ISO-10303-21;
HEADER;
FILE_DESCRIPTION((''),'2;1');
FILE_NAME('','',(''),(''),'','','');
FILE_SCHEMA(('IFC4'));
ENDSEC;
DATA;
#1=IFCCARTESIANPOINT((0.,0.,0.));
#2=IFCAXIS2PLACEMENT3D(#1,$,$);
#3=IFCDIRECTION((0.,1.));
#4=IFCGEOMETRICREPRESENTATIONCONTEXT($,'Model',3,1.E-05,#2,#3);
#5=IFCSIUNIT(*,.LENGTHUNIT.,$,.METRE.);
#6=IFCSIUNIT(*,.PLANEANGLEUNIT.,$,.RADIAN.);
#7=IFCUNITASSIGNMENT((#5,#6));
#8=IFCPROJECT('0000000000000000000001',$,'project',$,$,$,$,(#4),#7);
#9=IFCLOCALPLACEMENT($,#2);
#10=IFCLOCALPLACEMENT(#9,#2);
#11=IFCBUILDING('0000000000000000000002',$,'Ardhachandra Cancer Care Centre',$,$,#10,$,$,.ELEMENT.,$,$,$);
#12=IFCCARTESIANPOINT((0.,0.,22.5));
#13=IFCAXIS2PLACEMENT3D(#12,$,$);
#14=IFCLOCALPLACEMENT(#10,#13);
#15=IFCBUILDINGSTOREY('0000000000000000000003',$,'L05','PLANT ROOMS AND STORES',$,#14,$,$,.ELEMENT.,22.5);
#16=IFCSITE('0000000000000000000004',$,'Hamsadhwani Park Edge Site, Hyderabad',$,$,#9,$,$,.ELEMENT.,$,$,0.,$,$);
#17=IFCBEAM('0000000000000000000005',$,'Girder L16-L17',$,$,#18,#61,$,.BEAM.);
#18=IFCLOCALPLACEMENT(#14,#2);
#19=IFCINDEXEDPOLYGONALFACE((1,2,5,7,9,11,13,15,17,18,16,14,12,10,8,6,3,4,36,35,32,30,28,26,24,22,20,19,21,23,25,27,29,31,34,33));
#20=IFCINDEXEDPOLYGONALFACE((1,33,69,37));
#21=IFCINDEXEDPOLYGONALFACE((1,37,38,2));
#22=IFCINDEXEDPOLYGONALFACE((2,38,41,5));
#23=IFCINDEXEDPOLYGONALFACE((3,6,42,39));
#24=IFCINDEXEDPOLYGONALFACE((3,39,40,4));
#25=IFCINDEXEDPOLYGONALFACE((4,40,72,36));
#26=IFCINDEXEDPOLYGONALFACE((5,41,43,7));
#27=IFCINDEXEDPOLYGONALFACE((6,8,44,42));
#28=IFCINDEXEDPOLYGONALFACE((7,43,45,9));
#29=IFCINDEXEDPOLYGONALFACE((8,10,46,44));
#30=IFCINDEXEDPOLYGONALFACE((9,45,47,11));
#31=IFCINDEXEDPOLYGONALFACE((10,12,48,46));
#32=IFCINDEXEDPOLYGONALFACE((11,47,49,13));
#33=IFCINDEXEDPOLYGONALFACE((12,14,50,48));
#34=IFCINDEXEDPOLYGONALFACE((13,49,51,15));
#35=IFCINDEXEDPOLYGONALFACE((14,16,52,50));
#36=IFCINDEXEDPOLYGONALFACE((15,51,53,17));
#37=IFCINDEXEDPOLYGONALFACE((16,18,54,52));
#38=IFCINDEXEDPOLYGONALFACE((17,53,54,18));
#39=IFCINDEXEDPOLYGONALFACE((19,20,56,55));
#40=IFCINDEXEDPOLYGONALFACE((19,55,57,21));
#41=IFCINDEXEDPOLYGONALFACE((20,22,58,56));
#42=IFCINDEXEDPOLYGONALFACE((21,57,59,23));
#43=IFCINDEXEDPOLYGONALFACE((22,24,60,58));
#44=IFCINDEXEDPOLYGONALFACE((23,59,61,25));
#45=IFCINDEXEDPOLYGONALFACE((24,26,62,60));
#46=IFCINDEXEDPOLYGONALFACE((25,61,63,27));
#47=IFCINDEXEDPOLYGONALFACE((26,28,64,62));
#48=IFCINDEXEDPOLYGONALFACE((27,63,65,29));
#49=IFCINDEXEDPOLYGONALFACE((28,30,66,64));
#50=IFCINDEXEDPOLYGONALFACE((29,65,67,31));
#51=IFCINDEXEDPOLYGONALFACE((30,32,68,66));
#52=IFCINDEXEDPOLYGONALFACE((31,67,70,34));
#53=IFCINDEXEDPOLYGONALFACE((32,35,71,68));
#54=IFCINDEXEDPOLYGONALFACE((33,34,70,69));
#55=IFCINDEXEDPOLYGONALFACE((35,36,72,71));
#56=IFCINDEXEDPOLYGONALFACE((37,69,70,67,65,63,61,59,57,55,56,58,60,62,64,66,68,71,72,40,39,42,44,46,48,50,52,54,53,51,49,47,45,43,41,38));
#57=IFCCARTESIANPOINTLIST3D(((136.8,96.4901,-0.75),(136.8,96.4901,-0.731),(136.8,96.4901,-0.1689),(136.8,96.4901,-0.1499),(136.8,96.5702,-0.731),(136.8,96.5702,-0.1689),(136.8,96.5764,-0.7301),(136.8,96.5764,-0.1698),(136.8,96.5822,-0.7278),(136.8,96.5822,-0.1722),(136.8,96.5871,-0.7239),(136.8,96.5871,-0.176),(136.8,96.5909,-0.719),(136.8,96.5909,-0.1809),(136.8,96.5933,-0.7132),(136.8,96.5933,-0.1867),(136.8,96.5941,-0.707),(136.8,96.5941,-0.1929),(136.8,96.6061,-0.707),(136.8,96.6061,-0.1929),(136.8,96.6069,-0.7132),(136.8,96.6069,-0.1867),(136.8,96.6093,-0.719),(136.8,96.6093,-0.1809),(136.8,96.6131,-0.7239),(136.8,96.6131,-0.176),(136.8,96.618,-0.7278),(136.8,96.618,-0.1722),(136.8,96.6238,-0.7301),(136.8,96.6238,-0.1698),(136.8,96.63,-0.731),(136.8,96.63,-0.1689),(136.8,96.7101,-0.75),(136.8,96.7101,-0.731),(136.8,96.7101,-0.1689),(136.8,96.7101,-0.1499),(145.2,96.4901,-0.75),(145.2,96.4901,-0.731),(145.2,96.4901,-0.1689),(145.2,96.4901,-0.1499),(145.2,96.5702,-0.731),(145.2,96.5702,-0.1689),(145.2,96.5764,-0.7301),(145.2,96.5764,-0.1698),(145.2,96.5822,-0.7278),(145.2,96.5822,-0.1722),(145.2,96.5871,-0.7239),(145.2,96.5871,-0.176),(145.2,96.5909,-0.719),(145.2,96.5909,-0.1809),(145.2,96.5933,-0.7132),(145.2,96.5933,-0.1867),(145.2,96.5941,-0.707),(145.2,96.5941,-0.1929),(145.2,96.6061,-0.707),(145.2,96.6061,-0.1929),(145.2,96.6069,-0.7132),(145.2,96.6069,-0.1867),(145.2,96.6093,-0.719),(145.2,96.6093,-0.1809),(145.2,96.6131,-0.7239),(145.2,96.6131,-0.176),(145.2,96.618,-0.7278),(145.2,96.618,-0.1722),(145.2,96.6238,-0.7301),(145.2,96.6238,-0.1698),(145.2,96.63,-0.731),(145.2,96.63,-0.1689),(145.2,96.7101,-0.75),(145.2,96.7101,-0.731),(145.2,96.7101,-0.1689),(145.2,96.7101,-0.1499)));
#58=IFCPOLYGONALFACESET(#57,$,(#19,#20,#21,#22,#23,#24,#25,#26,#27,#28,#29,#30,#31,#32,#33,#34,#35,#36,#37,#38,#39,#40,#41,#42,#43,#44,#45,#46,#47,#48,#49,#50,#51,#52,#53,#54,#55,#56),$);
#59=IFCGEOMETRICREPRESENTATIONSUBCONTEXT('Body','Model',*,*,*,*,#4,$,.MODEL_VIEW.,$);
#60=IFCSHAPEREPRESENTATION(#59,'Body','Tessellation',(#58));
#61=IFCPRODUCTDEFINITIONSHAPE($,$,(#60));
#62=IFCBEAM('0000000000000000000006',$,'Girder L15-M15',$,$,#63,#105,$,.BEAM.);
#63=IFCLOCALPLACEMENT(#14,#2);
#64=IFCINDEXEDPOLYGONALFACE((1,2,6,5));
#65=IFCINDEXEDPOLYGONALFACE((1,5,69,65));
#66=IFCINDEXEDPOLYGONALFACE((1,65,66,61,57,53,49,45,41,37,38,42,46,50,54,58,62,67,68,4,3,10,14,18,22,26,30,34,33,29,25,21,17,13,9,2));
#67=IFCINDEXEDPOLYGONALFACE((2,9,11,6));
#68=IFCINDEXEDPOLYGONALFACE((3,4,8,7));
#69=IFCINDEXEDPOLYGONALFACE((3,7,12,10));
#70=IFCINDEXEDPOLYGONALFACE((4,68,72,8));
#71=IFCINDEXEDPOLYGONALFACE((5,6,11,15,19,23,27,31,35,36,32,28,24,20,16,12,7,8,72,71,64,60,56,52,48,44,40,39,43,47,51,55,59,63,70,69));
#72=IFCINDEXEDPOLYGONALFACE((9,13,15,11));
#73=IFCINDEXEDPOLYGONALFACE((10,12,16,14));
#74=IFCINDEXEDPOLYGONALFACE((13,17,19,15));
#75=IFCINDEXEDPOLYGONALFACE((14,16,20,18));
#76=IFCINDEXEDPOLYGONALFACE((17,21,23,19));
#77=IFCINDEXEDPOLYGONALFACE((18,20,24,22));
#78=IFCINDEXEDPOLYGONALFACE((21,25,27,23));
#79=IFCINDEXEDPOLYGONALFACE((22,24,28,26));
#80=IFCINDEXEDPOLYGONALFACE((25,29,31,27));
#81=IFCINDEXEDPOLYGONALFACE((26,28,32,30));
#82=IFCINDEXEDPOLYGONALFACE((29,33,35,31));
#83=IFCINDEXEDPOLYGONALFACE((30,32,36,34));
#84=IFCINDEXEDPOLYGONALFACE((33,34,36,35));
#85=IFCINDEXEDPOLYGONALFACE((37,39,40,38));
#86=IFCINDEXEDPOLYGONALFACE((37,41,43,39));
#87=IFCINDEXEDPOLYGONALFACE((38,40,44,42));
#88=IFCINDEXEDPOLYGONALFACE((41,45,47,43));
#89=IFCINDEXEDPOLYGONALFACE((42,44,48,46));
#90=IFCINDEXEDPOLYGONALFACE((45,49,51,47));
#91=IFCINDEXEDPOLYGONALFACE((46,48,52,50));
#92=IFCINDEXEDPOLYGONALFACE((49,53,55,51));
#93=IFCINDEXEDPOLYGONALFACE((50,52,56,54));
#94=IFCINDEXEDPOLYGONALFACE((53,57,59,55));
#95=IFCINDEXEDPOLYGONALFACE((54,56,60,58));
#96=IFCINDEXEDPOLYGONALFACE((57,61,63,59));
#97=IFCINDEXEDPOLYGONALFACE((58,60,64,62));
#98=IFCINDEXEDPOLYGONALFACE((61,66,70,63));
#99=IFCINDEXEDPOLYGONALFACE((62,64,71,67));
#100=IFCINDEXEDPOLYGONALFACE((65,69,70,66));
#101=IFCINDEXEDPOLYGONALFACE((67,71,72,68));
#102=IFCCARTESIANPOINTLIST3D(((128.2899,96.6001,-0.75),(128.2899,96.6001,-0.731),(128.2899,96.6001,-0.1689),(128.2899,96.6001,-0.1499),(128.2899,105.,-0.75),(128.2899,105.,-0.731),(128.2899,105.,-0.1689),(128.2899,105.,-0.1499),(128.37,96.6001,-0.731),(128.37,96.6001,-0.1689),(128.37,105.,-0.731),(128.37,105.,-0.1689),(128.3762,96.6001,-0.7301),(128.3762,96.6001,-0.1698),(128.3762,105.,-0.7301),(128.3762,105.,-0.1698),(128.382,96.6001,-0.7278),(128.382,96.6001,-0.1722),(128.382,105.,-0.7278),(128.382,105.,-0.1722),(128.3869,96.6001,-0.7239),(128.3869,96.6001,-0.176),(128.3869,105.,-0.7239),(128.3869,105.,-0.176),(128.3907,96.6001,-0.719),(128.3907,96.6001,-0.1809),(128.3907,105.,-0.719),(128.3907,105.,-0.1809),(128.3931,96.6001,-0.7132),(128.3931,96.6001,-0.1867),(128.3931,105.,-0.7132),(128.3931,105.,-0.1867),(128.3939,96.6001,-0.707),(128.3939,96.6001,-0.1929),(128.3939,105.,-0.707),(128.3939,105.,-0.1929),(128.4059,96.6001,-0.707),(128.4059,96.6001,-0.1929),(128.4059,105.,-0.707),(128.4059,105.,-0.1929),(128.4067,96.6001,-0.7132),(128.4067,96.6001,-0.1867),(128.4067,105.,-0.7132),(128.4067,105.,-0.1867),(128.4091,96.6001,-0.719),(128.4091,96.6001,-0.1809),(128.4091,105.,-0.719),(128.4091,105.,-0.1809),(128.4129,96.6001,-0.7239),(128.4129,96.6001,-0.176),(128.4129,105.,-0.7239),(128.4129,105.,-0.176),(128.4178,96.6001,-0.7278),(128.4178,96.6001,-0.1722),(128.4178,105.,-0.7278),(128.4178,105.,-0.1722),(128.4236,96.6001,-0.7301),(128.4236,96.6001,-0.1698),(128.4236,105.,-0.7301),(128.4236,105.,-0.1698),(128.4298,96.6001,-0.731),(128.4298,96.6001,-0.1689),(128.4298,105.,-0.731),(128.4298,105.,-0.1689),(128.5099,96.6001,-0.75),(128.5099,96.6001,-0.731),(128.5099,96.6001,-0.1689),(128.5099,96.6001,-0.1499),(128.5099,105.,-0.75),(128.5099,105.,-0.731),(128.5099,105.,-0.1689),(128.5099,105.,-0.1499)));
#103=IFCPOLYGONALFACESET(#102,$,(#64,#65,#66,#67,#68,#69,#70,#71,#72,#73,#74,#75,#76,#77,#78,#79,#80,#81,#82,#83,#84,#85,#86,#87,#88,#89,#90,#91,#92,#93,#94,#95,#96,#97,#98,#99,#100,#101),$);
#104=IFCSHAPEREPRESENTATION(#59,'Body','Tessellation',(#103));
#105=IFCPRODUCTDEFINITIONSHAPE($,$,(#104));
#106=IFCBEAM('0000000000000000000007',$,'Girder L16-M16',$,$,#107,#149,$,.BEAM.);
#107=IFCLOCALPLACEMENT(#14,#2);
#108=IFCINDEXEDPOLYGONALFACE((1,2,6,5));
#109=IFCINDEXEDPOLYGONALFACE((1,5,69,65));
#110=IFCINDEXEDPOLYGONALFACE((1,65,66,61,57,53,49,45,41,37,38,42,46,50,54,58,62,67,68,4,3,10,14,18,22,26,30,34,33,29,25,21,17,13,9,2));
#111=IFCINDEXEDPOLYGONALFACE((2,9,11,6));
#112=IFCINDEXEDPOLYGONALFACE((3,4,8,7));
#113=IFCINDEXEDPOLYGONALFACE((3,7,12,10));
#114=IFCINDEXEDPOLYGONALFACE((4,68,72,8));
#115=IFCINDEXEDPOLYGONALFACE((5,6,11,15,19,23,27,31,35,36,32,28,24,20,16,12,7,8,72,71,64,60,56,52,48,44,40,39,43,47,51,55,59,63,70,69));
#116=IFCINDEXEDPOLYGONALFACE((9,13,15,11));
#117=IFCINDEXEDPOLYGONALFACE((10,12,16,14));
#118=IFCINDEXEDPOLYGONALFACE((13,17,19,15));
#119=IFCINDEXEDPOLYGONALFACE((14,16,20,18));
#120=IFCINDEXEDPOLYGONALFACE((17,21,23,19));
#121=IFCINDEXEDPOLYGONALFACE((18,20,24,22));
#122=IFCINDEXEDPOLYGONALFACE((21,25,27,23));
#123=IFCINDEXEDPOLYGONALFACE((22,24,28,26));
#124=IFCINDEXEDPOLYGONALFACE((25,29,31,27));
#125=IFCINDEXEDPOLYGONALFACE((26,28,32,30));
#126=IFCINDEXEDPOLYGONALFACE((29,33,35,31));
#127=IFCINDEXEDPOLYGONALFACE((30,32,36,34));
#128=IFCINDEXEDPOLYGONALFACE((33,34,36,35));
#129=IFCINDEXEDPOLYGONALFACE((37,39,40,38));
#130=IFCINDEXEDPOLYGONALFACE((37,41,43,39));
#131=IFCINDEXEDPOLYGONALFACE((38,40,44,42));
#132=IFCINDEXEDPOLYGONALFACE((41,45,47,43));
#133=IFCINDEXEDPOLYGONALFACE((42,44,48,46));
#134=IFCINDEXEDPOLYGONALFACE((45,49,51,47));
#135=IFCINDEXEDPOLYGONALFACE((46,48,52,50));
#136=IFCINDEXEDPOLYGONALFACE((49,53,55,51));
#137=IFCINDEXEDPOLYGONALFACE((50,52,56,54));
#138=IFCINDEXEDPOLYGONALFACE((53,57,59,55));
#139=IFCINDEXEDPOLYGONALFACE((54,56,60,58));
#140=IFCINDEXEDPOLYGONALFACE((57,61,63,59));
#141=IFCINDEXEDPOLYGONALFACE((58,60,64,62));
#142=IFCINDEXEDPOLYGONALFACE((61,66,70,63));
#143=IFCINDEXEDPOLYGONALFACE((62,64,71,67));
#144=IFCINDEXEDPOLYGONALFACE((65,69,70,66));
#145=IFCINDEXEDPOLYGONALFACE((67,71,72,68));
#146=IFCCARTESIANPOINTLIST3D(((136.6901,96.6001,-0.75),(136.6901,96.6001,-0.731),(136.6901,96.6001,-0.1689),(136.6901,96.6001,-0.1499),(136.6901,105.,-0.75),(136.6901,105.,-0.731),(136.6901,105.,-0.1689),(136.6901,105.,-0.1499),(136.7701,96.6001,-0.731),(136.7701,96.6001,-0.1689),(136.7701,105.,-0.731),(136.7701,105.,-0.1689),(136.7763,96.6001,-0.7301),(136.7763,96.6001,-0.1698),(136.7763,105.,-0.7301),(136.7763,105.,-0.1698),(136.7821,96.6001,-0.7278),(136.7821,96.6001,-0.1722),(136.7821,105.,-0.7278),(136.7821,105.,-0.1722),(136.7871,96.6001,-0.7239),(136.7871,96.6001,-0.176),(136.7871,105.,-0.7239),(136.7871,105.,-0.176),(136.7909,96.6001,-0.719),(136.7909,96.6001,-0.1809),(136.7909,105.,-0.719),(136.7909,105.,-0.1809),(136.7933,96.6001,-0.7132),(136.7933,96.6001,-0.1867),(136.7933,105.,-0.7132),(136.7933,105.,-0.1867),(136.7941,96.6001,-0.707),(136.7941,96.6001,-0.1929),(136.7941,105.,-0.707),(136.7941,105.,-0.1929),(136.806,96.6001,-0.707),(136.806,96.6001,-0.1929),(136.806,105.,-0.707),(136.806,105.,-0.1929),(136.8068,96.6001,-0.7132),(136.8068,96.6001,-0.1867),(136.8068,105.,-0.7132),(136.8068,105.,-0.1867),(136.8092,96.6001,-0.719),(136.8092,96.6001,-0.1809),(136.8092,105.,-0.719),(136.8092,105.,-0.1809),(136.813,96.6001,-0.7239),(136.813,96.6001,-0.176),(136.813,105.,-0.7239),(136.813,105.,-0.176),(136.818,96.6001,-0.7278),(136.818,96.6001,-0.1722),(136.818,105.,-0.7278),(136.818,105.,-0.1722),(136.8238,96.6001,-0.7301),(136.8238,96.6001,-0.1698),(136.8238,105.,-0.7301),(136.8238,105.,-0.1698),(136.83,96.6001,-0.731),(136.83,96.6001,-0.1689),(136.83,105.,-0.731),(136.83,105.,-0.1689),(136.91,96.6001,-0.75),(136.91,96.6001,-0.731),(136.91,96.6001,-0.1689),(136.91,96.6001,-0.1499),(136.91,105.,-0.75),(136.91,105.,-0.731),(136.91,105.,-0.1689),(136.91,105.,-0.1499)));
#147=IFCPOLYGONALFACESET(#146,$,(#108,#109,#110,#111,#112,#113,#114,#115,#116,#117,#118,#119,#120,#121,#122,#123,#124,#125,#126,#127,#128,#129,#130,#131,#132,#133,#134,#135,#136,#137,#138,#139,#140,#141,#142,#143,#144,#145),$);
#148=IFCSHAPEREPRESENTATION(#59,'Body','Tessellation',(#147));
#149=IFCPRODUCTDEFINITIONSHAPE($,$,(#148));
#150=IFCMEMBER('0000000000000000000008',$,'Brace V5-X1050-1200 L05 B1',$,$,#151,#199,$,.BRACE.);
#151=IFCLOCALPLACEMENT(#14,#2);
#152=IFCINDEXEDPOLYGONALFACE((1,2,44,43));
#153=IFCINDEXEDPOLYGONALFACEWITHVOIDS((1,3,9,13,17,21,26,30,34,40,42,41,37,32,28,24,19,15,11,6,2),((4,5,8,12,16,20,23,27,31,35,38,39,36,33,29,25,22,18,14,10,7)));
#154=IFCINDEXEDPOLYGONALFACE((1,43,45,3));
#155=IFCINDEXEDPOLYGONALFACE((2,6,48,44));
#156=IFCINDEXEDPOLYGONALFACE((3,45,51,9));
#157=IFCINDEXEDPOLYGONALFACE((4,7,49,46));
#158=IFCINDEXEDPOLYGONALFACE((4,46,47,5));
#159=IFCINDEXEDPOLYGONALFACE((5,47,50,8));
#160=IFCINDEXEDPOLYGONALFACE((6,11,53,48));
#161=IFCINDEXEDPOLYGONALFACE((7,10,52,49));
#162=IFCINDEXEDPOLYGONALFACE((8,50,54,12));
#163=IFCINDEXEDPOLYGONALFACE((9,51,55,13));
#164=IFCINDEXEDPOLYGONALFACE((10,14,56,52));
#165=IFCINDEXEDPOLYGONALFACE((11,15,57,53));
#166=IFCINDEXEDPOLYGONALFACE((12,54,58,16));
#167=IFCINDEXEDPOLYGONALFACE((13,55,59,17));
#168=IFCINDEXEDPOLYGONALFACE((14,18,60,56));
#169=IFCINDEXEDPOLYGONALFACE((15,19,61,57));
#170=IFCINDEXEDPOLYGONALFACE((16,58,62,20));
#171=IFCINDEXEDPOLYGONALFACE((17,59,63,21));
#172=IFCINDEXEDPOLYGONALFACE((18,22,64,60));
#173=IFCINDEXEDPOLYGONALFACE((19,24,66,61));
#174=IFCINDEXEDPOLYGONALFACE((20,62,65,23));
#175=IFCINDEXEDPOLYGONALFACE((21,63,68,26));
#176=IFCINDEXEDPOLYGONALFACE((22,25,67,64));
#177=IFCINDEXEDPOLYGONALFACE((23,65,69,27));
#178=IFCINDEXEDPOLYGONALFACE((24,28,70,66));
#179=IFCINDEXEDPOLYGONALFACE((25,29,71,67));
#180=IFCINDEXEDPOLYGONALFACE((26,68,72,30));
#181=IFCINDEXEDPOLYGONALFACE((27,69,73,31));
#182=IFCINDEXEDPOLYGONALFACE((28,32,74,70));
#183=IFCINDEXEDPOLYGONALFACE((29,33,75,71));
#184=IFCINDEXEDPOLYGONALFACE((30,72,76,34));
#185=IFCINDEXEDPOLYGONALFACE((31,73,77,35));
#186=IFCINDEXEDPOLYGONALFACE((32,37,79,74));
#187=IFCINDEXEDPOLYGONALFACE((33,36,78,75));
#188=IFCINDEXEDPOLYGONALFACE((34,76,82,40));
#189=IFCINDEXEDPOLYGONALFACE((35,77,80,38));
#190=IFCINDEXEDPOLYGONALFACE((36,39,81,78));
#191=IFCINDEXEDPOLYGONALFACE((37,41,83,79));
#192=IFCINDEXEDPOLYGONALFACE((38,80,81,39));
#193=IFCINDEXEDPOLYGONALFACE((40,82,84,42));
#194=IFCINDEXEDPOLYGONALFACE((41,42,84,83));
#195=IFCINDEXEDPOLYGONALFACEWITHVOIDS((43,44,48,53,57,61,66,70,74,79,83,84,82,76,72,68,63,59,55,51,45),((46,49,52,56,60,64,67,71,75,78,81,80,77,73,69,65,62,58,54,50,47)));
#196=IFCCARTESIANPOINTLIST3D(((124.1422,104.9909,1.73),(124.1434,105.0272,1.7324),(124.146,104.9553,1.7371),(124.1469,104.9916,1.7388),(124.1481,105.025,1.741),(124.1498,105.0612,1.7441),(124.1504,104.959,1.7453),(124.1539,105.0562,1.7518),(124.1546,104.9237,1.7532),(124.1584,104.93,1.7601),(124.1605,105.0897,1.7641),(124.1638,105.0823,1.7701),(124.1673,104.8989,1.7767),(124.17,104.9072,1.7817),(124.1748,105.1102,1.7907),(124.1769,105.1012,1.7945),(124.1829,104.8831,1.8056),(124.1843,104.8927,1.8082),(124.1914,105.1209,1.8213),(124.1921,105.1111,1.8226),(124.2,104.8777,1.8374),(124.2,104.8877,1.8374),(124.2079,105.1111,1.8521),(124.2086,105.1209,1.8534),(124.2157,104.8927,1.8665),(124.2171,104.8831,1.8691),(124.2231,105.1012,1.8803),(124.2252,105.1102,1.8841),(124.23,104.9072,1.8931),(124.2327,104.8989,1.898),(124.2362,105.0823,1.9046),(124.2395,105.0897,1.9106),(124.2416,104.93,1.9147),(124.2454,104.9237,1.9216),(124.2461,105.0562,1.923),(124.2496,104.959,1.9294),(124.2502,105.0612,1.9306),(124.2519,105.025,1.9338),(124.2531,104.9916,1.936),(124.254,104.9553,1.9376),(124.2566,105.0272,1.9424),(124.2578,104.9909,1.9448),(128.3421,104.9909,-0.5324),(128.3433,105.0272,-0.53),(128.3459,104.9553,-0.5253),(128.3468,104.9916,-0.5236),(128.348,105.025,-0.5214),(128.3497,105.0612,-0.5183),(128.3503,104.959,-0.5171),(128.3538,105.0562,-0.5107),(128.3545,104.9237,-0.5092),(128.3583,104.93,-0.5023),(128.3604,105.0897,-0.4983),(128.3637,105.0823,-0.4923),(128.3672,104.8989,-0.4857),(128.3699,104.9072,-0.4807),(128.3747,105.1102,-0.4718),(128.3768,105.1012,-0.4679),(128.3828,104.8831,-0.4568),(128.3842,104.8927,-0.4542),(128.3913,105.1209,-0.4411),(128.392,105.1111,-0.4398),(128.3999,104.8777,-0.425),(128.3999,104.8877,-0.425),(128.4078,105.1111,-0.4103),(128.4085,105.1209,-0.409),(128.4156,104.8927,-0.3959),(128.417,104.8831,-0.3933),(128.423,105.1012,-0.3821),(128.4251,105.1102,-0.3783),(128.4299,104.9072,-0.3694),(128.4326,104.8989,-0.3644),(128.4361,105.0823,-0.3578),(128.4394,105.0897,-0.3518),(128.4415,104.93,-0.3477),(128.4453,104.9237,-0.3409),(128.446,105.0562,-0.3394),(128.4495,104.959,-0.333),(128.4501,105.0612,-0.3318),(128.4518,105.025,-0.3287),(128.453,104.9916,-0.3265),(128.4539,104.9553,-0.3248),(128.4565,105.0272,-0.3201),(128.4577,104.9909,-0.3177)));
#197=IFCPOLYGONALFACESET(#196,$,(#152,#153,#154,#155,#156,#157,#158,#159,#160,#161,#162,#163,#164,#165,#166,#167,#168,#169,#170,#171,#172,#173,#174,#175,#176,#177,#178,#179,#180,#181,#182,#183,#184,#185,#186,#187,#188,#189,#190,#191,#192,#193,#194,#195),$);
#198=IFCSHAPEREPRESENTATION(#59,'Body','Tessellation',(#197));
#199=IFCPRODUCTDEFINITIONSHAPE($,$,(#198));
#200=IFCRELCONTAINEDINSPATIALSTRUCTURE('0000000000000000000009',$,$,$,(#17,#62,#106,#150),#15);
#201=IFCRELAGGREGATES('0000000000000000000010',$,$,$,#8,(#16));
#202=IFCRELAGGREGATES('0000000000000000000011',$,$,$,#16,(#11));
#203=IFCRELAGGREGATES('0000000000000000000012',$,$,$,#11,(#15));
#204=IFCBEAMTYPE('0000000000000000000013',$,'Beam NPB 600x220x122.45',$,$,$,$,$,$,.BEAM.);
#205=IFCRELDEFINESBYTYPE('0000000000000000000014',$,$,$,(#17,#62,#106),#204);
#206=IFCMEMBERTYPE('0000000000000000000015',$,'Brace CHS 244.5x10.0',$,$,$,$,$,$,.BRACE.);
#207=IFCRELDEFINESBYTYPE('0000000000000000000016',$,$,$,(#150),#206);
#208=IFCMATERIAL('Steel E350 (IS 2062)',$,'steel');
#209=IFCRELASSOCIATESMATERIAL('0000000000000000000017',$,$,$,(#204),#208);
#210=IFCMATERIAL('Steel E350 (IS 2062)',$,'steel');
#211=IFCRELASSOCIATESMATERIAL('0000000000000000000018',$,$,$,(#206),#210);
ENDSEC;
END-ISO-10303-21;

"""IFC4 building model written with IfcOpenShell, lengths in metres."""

from ifc_helpers import new_model, si_unit, direction, frame, origin, origin_2d, place, context, subcontext, project, spatial, hollow_circle, i_section, extrude, material, material_profile, profile_set, type_object, element, save


model = new_model("IFC4")

# Units and contexts
model_context = context("Model", 3, precision=1e-05, world=origin(), true_north=direction((0.0, 1.0)))
body_context = subcontext(model_context, "Body", "Model", "MODEL_VIEW")
ifc_project = project(units=[si_unit("LENGTHUNIT", "METRE"), si_unit("PLANEANGLEUNIT", "RADIAN")], contexts=[model_context])

# Site, building, storey
site_placement = place(None, origin())
site = spatial("IfcSite", under=ifc_project, at=site_placement, Name="Hamsadhwani Park Edge Site, Hyderabad", CompositionType="ELEMENT", RefElevation=0.0)
building_placement = place(site_placement, origin())
building = spatial("IfcBuilding", under=site, at=building_placement, Name="Ardhachandra Cancer Care Centre", CompositionType="ELEMENT")
storey_placement = place(building_placement, frame((0.0, 0.0, 22.5)))
storey = spatial("IfcBuildingStorey", under=building, at=storey_placement, Name="L05", Description="PLANT ROOMS AND STORES", CompositionType="ELEMENT", Elevation=22.5)

# Beams
ifc_material_1 = material(Name="Steel E350 (IS 2062)", Category="steel")
ifc_material_profile_1 = material_profile(ifc_material_1, i_section(OverallWidth=0.22, OverallDepth=0.6001, WebThickness=0.012, FlangeThickness=0.019, FilletRadius=0.0239, at=origin_2d()), Name="NPB 600x220x122.45")
ifc_profile_set_1 = profile_set([ifc_material_profile_1], Name="Steel E350 (IS 2062)")
beam_type_1 = type_object("IfcBeamType", Name="Beam NPB 600x220x122.45", PredefinedType="BEAM", material=ifc_profile_set_1)
for number, where, z_axis, x_axis, name in (
    (1, (136.8, 96.6001, -0.45), (1.0, 0.0, 0.0), (0.0, 1.0, 0.0), "Girder L16-L17"),
    (2, (128.3999, 96.6001, -0.45), (0.0, 1.0, 0.0), (-1.0, 0.0, 0.0), "Girder L15-M15"),
    (3, (136.8, 96.6001, -0.45), (0.0, 1.0, 0.0), (-1.0, 0.0, 0.0), "Girder L16-M16"),
):
    element("IfcBeam", number, at=place(storey_placement, frame(where, z_axis=z_axis, x_axis=x_axis)), inside=storey, type_object=beam_type_1, Name=name, PredefinedType="BEAM", context=body_context, shape_type="SweptSolid", body=[
        extrude(i_section(OverallWidth=0.22, OverallDepth=0.6001, WebThickness=0.012, FlangeThickness=0.019, FilletRadius=0.0239, at=origin_2d()), origin(), (0.0, 0.0, 1.0), 8.3999),
    ])

# Member
ifc_material_2 = material(Name="Steel E350 (IS 2062)", Category="steel")
ifc_material_profile_2 = material_profile(ifc_material_2, hollow_circle(Radius=0.1223, WallThickness=0.01, at=origin_2d()), Name="CHS 244.5x10.0")
ifc_profile_set_2 = profile_set([ifc_material_profile_2], Name="Steel E350 (IS 2062)")
member_type = type_object("IfcMemberType", Name="Brace CHS 244.5x10.0", PredefinedType="BRACE", material=ifc_profile_set_2)
member_1_placement = place(storey_placement, frame((128.3999, 105.0, -0.425), z_axis=(-0.880389, 0.0, 0.474252), x_axis=(0.0, -1.0, 0.0)))
element("IfcMember", 4, at=member_1_placement, inside=storey, type_object=member_type, Name="Brace V5-X1050-1200 L05 B1", PredefinedType="BRACE", context=body_context, shape_type="SweptSolid", body=[
    extrude(hollow_circle(Radius=0.1223, WallThickness=0.01, at=origin_2d()), origin(), (0.0, 0.0, 1.0), 4.7705),
])

save(model, "model.ifc")
